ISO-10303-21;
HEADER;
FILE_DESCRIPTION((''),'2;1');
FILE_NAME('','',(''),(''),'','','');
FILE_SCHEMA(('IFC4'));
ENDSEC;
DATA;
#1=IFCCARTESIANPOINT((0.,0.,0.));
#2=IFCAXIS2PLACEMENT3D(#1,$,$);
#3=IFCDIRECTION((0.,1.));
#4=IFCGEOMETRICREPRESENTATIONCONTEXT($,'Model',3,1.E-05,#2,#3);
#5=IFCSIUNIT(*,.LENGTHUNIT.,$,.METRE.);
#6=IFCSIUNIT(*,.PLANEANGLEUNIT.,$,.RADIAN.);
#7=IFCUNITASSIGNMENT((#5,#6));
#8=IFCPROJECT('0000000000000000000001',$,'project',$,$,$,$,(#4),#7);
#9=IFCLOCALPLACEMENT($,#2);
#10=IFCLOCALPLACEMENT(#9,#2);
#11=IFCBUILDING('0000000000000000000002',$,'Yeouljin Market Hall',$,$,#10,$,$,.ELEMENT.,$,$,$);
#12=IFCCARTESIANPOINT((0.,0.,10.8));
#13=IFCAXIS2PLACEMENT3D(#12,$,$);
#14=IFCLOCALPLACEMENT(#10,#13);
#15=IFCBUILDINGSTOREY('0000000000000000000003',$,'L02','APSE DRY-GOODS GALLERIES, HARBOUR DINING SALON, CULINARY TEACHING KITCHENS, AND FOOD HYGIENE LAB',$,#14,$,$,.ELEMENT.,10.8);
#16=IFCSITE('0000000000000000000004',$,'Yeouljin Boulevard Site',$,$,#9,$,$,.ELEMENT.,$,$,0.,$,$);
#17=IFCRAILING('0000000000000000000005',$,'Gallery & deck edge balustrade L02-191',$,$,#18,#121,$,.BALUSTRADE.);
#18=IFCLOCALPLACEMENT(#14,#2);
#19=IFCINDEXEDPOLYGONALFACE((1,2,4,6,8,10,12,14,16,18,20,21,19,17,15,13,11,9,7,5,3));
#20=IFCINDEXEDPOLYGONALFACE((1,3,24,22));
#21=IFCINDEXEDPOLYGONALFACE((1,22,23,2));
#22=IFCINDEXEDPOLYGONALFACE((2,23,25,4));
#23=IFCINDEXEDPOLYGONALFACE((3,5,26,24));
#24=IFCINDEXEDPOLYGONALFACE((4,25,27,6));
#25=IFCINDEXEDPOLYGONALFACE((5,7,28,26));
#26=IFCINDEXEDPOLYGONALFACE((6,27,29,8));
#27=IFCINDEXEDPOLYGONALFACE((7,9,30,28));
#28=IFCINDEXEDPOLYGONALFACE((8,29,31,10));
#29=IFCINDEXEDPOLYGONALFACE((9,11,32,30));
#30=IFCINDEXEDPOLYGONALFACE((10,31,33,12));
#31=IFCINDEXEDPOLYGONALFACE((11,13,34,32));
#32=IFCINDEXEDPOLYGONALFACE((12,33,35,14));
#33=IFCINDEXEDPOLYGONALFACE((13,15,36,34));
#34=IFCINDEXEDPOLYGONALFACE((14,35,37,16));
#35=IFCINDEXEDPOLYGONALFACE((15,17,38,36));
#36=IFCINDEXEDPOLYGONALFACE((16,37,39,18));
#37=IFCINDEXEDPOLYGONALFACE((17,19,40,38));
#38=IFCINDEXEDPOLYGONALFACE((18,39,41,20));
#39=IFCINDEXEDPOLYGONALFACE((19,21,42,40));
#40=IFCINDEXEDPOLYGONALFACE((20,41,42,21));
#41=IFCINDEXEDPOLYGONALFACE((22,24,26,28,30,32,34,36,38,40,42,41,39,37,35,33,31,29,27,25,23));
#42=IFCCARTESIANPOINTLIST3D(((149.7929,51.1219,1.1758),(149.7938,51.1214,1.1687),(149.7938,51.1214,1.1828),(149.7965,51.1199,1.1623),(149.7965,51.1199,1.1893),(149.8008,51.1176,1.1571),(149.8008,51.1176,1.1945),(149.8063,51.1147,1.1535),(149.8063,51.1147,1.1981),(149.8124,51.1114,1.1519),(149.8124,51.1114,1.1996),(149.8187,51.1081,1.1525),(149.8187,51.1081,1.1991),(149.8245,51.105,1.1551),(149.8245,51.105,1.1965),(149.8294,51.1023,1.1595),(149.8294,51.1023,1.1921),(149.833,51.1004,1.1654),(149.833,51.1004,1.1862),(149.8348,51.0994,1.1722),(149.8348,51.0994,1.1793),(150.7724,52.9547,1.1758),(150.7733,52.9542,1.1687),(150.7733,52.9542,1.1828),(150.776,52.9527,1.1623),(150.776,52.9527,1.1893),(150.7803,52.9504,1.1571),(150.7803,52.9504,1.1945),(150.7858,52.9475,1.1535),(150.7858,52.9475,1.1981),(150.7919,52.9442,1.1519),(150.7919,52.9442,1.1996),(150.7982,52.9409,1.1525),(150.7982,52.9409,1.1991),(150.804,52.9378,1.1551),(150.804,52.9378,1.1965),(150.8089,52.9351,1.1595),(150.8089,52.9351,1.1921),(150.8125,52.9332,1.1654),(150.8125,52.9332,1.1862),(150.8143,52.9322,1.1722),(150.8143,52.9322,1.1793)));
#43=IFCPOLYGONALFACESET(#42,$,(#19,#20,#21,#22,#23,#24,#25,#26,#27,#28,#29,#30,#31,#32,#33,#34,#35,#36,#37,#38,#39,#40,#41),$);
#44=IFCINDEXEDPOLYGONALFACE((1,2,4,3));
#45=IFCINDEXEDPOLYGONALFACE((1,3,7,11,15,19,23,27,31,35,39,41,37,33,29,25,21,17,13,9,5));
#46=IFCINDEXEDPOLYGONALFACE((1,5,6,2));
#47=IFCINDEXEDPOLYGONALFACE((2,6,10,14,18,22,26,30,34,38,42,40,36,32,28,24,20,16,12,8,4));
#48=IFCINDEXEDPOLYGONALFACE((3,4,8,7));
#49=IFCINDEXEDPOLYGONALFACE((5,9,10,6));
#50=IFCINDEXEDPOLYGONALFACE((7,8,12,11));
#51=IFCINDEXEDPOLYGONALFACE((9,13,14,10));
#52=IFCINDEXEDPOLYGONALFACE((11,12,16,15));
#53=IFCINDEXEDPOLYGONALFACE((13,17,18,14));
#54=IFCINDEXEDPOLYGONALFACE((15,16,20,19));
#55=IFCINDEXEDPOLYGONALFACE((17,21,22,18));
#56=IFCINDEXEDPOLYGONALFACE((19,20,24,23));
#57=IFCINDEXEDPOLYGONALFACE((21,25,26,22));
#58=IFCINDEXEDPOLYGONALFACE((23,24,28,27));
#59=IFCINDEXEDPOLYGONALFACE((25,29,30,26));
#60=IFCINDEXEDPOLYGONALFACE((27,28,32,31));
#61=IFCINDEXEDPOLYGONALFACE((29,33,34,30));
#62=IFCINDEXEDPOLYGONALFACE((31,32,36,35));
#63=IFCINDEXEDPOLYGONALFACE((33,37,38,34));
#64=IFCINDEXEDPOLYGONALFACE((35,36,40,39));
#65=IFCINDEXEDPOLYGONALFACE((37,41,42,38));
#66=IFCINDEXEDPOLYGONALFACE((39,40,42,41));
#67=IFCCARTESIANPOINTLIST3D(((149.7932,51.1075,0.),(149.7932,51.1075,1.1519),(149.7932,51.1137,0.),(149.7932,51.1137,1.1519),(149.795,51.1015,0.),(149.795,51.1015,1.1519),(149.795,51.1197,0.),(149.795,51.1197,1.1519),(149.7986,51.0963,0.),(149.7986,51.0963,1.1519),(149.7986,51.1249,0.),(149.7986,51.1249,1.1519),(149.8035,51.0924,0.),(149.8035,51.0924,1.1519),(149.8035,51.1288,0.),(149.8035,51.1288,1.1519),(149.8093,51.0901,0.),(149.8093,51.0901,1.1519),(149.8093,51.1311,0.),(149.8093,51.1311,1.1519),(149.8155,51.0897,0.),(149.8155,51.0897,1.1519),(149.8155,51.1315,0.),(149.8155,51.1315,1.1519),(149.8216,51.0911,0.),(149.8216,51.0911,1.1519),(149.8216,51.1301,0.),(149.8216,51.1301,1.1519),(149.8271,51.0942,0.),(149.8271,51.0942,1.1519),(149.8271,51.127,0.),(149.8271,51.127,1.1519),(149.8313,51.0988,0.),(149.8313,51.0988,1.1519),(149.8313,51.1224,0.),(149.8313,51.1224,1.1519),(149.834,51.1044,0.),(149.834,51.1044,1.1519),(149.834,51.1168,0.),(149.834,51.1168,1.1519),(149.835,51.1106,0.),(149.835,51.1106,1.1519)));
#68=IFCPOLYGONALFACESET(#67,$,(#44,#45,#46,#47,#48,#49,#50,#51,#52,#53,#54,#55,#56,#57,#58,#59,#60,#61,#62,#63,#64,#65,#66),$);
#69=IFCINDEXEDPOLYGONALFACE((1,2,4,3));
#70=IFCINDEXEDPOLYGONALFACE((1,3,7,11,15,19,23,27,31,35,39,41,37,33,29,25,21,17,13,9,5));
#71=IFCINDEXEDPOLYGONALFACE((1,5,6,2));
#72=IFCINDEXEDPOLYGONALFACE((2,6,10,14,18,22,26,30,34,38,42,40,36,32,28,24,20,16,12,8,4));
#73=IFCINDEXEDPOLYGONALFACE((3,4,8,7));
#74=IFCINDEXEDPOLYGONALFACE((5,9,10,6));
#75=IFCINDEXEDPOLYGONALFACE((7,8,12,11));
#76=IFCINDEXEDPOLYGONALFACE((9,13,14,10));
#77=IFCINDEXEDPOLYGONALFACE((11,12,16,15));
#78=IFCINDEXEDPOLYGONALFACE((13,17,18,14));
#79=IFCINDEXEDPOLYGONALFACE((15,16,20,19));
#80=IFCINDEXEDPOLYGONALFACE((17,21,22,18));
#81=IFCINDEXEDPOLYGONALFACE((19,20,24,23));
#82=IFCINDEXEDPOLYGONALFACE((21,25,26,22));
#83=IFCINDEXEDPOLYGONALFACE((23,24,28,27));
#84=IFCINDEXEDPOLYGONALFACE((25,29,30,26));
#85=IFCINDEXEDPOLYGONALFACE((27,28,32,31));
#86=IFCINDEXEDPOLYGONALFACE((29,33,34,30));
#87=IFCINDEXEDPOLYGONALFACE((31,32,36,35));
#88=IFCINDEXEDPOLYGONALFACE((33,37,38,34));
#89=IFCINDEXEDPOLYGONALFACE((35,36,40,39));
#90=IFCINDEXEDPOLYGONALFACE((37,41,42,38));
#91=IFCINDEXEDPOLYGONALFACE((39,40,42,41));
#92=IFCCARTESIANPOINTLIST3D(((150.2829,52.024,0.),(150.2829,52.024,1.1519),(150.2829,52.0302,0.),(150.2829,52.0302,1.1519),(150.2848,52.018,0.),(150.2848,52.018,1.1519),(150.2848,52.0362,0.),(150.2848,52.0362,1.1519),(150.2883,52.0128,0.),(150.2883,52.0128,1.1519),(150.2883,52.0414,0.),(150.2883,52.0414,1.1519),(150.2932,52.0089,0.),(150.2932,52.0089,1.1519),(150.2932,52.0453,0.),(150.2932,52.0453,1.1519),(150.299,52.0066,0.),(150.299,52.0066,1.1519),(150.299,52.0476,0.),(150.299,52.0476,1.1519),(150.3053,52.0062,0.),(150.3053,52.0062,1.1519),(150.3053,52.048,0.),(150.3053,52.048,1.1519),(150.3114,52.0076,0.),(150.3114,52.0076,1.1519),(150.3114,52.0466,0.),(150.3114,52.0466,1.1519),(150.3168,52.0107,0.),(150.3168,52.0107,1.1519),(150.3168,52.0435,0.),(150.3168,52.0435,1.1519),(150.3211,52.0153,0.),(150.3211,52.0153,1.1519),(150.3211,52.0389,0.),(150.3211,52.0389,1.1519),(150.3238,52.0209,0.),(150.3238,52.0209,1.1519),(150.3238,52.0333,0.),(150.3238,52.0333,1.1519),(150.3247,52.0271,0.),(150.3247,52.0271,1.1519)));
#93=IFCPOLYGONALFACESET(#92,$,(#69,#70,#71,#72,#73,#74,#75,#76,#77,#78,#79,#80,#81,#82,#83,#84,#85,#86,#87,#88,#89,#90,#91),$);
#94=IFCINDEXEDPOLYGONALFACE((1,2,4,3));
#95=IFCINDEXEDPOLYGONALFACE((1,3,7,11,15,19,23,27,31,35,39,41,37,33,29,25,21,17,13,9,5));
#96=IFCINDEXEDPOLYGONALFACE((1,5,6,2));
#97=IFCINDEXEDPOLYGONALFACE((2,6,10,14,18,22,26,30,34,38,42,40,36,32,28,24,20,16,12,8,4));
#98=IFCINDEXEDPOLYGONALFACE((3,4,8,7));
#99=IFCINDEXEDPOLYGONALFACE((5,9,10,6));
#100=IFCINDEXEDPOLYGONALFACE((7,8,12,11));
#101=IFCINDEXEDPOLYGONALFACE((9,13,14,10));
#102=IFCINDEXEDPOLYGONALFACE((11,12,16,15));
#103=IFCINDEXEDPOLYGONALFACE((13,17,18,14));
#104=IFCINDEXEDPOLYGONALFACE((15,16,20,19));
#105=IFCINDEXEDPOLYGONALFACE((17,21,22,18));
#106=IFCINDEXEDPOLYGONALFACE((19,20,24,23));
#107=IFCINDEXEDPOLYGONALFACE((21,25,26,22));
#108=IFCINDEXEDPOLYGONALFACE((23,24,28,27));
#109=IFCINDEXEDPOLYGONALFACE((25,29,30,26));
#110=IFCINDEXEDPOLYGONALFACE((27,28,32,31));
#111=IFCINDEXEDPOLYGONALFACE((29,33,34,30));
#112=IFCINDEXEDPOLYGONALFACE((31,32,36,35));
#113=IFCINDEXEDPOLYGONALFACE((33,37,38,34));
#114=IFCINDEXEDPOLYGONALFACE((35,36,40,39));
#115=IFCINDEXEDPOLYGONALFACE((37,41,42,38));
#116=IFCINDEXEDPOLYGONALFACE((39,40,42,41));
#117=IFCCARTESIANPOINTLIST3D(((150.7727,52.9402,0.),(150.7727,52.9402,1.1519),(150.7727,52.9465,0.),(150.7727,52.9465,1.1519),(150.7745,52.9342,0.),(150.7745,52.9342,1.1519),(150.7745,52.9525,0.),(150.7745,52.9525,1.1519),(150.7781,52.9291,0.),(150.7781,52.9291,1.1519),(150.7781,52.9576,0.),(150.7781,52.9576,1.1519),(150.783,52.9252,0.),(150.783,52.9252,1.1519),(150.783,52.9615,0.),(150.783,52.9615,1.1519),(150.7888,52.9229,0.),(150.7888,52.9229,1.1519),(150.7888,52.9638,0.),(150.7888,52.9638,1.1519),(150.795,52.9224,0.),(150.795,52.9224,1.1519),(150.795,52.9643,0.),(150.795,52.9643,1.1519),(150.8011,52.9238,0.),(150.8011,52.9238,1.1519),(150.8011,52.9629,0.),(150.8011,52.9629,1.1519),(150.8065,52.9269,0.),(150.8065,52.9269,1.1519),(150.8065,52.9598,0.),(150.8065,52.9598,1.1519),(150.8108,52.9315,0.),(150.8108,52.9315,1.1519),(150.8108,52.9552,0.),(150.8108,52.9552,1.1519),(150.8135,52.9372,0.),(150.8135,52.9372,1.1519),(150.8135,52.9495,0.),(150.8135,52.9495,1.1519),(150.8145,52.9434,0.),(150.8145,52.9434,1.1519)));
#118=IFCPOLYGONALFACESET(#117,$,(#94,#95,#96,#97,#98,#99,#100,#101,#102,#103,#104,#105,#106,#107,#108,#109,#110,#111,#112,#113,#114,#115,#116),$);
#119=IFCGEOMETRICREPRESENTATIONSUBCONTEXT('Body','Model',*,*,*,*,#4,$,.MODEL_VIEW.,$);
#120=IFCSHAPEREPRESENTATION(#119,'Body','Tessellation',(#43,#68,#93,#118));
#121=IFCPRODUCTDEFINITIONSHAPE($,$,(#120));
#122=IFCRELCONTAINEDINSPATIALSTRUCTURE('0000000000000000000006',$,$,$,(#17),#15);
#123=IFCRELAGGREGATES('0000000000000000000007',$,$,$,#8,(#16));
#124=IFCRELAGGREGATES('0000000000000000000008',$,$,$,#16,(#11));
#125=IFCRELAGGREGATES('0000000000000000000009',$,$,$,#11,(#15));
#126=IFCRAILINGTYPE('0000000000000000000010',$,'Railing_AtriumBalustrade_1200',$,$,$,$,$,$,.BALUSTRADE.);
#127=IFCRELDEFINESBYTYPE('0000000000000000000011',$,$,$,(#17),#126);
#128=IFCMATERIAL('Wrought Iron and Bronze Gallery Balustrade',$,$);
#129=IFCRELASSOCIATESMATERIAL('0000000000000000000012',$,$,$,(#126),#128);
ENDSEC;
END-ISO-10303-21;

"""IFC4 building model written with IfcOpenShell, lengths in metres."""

from ifc_helpers import new_model, si_unit, direction, frame, origin, origin_2d, place, context, subcontext, project, spatial, circle, extrude, material, type_object, element, save


model = new_model("IFC4")

# Units and contexts
model_context = context("Model", 3, precision=1e-05, world=origin(), true_north=direction((0.0, 1.0)))
body_context = subcontext(model_context, "Body", "Model", "MODEL_VIEW")
ifc_project = project(units=[si_unit("LENGTHUNIT", "METRE"), si_unit("PLANEANGLEUNIT", "RADIAN")], contexts=[model_context])

# Site, building, storey
site_placement = place(None, origin())
site = spatial("IfcSite", under=ifc_project, at=site_placement, Name="Yeouljin Boulevard Site", CompositionType="ELEMENT", RefElevation=0.0)
building_placement = place(site_placement, origin())
building = spatial("IfcBuilding", under=site, at=building_placement, Name="Yeouljin Market Hall", CompositionType="ELEMENT")
storey_placement = place(building_placement, frame((0.0, 0.0, 10.8)))
storey = spatial("IfcBuildingStorey", under=building, at=storey_placement, Name="L02", Description="APSE DRY-GOODS GALLERIES, HARBOUR DINING SALON, CULINARY TEACHING KITCHENS, AND FOOD HYGIENE LAB", CompositionType="ELEMENT", Elevation=10.8)

# Railing
ifc_material_1 = material(Name="Wrought Iron and Bronze Gallery Balustrade")
railing_type = type_object("IfcRailingType", Name="Railing_AtriumBalustrade_1200", PredefinedType="BALUSTRADE", material=ifc_material_1)
railing_1_placement = place(storey_placement, frame((149.814, 51.1106, 0.0)))
element("IfcRailing", 1, at=railing_1_placement, inside=storey, type_object=railing_type, Name="Gallery & deck edge balustrade L02-191", PredefinedType="BALUSTRADE", context=body_context, shape_type="SweptSolid", body=[
    extrude(circle(Radius=0.0239, at=origin_2d()), frame((0.0, 0.0, 1.1758), z_axis=(0.471344, 0.881949, 0.0), x_axis=(-0.881949, 0.471344, 0.0)), (0.0, 0.0, 1.0), 2.0781),
    extrude(circle(Radius=0.021, at=origin_2d()), origin(), (0.0, 0.0, 1.0), 1.1519),
    extrude(circle(Radius=0.021, at=origin_2d()), frame((0.4897, 0.9165, 0.0)), (0.0, 0.0, 1.0), 1.1519),
    extrude(circle(Radius=0.021, at=origin_2d()), frame((0.9795, 1.8328, 0.0)), (0.0, 0.0, 1.0), 1.1519),
])

save(model, "model.ifc")
